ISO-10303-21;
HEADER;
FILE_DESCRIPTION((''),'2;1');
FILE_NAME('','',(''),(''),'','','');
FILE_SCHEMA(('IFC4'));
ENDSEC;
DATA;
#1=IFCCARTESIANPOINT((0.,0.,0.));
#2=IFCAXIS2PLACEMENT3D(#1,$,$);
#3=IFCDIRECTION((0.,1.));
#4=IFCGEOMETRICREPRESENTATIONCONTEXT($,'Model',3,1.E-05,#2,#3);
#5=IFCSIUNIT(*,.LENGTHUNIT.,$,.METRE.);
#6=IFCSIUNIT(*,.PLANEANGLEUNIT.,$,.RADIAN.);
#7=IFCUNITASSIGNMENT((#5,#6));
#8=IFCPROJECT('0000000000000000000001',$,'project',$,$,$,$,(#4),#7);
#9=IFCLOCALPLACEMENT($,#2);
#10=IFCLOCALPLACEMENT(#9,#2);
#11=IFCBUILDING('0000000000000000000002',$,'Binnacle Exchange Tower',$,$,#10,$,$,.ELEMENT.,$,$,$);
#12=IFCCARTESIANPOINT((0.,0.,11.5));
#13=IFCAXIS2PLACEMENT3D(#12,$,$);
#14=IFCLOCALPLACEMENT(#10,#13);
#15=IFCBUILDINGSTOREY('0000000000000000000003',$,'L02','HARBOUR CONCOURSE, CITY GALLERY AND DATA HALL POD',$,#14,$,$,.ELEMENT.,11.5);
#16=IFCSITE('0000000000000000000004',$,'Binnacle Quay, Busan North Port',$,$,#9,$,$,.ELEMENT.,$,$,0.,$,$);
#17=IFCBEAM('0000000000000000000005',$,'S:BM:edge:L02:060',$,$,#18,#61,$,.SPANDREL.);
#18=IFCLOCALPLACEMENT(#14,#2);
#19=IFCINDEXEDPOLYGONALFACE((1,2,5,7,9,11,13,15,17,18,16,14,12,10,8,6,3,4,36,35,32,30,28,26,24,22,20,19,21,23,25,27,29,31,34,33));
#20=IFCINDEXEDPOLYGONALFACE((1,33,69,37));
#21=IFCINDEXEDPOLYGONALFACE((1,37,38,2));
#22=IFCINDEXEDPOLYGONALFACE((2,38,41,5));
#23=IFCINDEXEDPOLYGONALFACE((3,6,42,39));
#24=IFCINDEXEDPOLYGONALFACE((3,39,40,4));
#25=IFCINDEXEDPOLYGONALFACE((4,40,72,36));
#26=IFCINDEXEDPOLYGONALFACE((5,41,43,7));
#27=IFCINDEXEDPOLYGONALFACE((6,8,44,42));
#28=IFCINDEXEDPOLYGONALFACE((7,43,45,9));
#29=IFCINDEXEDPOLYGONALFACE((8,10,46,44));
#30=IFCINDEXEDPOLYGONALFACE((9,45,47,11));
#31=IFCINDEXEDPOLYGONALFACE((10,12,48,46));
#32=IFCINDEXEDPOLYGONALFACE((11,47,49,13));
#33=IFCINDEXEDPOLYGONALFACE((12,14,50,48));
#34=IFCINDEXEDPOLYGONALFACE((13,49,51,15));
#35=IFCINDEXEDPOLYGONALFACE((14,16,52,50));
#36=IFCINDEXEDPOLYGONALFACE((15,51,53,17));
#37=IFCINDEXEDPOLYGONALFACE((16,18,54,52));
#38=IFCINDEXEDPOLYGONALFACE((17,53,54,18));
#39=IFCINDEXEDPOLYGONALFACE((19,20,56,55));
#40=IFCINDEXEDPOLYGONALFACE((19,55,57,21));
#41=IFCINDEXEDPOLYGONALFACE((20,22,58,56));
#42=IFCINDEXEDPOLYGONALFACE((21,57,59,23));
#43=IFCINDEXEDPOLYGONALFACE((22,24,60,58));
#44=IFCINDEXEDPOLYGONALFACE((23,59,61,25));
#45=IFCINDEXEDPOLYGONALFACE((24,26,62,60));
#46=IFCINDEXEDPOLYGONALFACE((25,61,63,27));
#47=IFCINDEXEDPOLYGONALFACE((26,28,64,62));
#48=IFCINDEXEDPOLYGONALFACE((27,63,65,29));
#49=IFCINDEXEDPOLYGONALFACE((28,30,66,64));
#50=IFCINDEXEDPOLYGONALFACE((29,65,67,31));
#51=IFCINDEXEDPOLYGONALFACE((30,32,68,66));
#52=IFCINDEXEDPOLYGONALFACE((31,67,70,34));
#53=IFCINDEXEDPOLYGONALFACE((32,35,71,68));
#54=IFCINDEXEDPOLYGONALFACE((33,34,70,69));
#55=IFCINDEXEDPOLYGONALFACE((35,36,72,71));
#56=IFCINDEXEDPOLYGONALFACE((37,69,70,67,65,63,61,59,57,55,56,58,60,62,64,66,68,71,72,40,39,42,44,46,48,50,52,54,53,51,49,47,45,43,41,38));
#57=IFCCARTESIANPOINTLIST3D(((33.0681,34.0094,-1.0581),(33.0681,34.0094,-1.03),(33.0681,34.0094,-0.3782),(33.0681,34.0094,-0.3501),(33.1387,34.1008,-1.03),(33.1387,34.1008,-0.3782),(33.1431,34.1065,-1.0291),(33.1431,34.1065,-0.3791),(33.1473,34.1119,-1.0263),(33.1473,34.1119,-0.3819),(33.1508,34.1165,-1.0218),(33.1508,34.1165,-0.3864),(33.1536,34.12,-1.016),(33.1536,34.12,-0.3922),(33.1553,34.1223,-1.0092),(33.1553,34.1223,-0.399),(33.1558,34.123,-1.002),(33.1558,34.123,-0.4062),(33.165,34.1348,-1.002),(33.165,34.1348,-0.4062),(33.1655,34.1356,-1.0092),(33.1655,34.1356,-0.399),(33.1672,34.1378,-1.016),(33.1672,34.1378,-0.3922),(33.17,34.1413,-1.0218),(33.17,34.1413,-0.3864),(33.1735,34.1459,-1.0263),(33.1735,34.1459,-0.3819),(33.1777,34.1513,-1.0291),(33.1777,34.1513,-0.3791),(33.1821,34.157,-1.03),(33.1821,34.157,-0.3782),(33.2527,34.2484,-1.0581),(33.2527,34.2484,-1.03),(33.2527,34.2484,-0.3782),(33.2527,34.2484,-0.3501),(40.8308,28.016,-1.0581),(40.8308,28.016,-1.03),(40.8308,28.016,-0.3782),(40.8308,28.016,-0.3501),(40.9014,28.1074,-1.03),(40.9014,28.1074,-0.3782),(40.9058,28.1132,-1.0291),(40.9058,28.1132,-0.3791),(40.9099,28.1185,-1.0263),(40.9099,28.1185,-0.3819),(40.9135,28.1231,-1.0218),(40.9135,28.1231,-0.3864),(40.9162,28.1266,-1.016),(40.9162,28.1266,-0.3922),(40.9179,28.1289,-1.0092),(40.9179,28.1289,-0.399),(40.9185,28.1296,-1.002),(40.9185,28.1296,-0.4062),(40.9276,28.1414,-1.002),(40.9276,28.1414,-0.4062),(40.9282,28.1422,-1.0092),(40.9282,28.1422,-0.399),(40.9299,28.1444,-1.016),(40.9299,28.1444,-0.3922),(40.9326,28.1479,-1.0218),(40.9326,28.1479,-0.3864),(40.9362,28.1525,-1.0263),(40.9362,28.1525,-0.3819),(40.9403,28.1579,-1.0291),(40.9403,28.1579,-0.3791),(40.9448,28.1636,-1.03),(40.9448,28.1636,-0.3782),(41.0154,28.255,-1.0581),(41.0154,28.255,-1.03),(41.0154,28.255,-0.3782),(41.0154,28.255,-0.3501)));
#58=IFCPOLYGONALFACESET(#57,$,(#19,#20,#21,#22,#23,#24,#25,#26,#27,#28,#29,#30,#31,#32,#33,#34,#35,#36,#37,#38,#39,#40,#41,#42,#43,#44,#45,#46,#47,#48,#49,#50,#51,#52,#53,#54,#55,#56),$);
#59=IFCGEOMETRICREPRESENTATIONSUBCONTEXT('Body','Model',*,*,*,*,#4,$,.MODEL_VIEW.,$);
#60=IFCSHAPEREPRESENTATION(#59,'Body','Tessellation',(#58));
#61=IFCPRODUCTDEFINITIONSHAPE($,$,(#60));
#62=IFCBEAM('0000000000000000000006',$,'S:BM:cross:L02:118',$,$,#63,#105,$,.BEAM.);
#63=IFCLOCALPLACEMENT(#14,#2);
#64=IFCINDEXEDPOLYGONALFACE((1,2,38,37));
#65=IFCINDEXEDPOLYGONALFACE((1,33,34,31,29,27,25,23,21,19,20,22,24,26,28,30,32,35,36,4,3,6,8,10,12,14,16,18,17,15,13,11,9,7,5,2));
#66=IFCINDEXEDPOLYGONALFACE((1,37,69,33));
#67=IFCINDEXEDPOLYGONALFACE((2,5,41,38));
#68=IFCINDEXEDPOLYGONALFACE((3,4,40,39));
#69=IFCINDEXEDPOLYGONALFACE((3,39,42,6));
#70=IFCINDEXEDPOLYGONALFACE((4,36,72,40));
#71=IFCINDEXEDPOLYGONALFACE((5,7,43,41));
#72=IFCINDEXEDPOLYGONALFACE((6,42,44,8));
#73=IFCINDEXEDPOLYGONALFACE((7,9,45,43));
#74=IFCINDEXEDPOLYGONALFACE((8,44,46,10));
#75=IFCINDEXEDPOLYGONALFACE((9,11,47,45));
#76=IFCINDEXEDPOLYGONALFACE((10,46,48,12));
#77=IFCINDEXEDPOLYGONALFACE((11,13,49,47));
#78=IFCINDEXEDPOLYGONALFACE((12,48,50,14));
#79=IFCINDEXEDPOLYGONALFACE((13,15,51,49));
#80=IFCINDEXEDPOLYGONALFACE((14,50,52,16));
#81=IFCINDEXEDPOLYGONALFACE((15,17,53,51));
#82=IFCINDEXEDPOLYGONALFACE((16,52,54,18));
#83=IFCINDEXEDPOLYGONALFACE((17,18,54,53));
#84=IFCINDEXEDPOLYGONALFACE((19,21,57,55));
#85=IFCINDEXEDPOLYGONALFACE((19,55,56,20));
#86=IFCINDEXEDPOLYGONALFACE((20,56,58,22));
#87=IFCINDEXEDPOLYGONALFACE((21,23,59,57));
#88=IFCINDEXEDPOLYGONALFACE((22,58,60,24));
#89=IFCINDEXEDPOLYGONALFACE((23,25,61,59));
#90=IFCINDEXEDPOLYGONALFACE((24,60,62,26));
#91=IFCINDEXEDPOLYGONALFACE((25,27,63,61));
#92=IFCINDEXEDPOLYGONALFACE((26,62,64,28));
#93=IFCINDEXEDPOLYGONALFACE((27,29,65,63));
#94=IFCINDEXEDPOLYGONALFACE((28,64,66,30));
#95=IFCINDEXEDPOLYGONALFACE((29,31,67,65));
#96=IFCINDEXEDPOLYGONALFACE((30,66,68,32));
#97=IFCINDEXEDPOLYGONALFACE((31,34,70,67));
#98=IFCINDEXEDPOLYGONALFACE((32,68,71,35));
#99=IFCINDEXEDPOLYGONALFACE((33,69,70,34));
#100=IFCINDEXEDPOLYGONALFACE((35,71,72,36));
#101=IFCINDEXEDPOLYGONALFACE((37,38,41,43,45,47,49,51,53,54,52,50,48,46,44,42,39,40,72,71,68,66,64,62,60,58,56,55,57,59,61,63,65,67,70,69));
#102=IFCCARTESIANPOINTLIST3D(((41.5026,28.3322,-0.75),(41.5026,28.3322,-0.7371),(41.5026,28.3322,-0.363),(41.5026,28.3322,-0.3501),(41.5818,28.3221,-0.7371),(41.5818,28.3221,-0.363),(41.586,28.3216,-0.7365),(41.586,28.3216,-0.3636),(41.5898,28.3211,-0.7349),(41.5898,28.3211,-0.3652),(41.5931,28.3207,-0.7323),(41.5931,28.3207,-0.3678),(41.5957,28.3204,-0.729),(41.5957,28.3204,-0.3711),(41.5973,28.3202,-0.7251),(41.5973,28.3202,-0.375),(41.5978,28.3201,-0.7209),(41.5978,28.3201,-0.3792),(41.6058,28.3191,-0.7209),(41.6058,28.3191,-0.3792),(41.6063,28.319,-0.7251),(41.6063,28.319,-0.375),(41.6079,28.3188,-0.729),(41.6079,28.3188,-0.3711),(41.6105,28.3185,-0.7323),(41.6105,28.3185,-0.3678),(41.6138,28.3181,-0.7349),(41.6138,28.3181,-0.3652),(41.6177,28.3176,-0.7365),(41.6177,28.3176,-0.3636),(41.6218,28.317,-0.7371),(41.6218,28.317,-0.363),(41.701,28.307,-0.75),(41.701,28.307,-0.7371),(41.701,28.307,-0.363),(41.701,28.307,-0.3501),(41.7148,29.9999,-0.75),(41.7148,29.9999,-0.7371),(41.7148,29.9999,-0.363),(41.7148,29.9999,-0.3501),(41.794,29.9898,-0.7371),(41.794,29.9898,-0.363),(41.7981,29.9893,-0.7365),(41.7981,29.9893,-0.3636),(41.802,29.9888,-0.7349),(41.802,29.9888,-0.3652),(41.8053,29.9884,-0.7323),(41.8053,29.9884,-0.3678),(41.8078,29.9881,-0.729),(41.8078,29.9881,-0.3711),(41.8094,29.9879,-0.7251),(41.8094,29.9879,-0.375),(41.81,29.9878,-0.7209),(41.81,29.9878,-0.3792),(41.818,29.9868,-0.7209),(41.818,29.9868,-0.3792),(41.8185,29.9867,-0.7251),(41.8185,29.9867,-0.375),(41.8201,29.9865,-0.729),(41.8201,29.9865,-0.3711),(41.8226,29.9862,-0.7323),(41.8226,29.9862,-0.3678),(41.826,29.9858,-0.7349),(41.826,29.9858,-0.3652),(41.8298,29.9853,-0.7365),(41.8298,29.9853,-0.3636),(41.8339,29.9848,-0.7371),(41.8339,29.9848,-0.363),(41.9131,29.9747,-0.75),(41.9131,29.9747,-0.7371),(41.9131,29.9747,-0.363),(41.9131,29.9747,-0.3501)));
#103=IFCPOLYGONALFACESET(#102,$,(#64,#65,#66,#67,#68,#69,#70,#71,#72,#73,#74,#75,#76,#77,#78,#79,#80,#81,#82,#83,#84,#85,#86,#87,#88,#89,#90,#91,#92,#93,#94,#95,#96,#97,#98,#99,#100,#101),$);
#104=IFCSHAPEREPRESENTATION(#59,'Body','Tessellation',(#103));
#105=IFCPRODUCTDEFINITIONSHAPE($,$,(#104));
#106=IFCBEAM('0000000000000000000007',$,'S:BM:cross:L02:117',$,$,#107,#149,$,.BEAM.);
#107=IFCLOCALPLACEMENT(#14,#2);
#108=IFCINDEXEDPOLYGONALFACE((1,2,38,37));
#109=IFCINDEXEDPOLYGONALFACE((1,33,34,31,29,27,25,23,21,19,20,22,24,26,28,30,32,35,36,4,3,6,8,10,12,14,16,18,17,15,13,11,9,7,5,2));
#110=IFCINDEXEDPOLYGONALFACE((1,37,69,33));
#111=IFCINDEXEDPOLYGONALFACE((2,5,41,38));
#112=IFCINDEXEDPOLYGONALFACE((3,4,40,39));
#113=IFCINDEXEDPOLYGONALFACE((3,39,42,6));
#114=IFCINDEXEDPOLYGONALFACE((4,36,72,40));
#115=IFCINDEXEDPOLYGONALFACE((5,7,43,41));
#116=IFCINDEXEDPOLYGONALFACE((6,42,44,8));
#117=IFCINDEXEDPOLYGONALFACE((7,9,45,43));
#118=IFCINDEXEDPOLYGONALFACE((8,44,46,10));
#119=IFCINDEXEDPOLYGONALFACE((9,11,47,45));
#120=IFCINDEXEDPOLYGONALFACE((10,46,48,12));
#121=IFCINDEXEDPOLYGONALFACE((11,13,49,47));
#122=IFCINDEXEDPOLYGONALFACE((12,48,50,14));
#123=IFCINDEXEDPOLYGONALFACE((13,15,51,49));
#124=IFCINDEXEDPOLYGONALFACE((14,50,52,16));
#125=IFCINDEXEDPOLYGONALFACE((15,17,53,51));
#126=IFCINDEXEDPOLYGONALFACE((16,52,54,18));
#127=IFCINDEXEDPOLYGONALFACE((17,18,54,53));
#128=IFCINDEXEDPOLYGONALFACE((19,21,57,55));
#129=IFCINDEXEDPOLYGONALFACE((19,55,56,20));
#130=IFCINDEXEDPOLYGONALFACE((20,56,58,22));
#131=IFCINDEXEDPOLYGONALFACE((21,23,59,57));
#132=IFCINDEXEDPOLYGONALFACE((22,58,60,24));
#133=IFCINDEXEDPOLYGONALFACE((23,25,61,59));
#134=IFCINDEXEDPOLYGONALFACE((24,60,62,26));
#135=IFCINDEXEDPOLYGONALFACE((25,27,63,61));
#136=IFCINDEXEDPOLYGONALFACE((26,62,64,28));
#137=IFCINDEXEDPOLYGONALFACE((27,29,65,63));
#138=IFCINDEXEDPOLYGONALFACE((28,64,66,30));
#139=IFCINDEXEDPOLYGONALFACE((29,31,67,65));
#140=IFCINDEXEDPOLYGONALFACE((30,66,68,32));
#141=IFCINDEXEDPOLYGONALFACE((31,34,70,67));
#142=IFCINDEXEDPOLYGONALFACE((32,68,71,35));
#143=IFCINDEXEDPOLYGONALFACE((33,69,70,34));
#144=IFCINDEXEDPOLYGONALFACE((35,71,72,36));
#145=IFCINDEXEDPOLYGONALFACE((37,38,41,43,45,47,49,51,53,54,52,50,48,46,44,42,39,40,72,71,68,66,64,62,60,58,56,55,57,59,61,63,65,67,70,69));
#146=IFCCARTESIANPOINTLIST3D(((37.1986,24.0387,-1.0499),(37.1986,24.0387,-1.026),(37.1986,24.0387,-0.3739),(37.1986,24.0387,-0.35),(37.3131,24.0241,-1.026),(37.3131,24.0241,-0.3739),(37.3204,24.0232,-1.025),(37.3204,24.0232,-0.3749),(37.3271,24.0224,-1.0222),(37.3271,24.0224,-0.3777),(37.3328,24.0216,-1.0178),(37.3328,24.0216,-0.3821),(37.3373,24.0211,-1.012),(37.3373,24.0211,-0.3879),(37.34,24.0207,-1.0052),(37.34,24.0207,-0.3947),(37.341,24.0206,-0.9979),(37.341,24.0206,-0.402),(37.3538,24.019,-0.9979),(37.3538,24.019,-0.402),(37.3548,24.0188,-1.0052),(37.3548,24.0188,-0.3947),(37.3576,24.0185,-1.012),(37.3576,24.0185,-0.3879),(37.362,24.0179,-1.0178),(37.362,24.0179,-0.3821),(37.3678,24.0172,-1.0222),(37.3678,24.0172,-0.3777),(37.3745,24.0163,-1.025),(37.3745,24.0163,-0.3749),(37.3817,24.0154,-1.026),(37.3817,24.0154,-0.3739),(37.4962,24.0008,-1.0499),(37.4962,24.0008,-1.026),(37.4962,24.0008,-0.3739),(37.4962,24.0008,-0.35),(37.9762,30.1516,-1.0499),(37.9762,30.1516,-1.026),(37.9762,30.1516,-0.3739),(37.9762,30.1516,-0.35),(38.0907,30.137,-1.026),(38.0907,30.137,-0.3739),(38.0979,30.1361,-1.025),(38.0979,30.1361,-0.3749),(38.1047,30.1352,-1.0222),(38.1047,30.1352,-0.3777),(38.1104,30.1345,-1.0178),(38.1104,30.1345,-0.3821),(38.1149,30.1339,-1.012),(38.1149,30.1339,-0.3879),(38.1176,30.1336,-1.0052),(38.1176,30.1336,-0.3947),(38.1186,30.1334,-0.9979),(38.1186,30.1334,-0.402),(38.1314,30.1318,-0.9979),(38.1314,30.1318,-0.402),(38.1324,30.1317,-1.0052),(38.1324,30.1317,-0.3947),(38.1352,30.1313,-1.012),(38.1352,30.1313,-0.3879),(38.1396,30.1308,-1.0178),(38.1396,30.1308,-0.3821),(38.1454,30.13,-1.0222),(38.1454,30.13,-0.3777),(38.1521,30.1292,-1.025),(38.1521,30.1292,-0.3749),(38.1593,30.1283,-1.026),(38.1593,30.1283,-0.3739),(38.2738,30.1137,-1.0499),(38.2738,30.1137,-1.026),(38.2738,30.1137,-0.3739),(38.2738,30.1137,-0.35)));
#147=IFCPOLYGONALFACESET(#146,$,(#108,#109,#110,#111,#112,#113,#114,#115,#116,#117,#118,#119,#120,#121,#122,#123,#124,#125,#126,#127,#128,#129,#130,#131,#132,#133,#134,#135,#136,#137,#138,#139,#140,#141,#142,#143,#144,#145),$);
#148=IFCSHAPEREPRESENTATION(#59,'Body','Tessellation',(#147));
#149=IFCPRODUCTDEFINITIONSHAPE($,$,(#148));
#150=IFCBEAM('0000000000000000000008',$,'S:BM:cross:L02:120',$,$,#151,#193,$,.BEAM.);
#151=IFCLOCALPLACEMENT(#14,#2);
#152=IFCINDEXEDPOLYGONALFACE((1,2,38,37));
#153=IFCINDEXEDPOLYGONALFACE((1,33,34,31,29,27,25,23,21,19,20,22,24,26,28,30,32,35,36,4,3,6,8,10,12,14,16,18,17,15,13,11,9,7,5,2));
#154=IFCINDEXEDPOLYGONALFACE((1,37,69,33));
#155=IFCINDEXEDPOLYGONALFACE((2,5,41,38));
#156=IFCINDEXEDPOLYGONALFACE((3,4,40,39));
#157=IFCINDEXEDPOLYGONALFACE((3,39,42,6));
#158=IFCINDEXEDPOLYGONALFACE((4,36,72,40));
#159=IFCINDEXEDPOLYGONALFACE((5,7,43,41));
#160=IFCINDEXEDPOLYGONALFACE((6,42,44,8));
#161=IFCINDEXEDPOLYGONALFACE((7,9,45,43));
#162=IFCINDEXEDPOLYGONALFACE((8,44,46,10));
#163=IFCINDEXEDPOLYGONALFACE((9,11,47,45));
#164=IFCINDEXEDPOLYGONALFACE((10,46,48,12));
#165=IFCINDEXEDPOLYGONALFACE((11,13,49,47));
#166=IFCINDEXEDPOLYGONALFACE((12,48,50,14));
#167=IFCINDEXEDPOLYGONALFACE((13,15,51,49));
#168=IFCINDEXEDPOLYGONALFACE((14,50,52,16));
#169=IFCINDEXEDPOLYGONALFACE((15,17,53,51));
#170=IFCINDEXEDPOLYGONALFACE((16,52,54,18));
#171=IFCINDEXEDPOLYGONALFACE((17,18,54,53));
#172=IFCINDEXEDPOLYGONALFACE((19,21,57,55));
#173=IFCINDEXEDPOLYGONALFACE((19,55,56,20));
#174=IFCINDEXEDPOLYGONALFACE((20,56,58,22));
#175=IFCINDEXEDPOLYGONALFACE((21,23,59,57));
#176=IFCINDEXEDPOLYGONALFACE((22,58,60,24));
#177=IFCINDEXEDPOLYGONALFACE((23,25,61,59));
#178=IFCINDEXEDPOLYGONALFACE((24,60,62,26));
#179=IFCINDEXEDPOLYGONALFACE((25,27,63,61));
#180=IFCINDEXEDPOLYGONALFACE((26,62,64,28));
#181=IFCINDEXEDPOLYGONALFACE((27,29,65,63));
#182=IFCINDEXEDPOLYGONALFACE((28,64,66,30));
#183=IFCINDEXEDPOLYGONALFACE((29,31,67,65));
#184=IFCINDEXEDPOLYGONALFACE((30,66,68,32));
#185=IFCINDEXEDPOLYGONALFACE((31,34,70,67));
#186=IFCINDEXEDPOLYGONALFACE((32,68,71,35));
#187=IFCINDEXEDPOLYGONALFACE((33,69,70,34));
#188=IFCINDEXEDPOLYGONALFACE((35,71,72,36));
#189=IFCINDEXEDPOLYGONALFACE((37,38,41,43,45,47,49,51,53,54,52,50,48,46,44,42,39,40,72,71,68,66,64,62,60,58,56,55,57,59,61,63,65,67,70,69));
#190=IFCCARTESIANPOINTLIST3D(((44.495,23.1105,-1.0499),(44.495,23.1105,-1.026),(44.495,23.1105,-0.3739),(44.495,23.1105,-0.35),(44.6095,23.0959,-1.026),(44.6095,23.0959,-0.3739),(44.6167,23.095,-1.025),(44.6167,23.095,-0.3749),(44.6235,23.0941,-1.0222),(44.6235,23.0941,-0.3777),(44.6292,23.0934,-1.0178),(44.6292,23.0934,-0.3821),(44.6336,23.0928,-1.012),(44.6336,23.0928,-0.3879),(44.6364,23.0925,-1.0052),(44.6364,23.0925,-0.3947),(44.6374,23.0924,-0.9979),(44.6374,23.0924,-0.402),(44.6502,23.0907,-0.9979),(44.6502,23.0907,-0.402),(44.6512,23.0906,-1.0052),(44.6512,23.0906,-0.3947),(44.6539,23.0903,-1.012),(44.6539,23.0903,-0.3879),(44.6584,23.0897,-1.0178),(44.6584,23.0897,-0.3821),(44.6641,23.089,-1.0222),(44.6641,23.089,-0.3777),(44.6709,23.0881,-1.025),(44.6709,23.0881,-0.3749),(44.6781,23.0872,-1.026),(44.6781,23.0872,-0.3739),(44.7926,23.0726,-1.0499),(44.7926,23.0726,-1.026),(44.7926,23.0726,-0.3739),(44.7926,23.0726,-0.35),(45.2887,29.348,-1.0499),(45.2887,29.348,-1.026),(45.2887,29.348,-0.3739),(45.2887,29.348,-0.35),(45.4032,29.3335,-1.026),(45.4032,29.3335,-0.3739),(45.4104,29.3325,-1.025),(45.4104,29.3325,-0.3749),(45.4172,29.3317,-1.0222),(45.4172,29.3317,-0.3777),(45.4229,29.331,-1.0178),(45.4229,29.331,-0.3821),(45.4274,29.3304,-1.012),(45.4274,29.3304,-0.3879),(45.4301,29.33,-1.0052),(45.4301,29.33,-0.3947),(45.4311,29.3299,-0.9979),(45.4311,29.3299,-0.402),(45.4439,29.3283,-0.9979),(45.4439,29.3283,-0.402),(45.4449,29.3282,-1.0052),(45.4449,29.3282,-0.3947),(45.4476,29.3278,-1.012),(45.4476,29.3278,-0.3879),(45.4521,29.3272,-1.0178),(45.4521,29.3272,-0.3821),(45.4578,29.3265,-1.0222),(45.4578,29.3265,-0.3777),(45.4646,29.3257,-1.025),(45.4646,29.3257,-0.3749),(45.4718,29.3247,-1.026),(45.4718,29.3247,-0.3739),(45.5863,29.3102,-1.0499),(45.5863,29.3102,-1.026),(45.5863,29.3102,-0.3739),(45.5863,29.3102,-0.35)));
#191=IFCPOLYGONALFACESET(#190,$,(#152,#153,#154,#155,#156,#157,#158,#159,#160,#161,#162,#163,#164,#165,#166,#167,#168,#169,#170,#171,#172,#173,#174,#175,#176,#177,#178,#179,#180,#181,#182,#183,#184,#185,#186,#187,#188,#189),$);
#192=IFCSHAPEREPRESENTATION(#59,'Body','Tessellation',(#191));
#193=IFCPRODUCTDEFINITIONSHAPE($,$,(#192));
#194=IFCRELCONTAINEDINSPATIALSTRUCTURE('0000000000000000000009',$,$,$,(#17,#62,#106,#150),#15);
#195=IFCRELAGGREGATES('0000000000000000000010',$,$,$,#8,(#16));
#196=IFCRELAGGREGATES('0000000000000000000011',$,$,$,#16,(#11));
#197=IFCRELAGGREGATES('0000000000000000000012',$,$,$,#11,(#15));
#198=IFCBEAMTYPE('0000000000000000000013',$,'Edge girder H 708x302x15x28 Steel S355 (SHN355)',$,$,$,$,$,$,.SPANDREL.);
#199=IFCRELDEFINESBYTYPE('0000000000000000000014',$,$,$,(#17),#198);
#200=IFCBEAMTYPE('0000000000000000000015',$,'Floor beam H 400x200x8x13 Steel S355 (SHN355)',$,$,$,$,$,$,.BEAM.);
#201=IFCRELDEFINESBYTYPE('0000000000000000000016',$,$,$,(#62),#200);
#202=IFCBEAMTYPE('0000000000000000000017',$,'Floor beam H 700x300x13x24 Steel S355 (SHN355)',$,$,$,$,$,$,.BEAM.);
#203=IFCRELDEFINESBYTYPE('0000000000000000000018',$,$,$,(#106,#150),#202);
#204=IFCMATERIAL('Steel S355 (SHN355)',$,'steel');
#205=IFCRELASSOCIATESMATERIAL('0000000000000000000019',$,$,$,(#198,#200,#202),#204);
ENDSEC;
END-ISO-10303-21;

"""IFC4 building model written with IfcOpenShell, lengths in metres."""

from ifc_helpers import new_model, si_unit, direction, frame, origin, origin_2d, place, context, subcontext, project, spatial, i_section, extrude, material, material_profile, profile_set, type_object, element, save


model = new_model("IFC4")

# Units and contexts
model_context = context("Model", 3, precision=1e-05, world=origin(), true_north=direction((0.0, 1.0)))
body_context = subcontext(model_context, "Body", "Model", "MODEL_VIEW")
ifc_project = project(units=[si_unit("LENGTHUNIT", "METRE"), si_unit("PLANEANGLEUNIT", "RADIAN")], contexts=[model_context])

# Site, building, storey
site_placement = place(None, origin())
site = spatial("IfcSite", under=ifc_project, at=site_placement, Name="Binnacle Quay, Busan North Port", CompositionType="ELEMENT", RefElevation=0.0)
building_placement = place(site_placement, origin())
building = spatial("IfcBuilding", under=site, at=building_placement, Name="Binnacle Exchange Tower", CompositionType="ELEMENT")
storey_placement = place(building_placement, frame((0.0, 0.0, 11.5)))
storey = spatial("IfcBuildingStorey", under=building, at=storey_placement, Name="L02", Description="HARBOUR CONCOURSE, CITY GALLERY AND DATA HALL POD", CompositionType="ELEMENT", Elevation=11.5)

# Beams
ifc_material_1 = material(Name="Steel S355 (SHN355)", Category="steel")
ifc_material_profile_1 = material_profile(ifc_material_1, i_section(OverallWidth=0.302, OverallDepth=0.708, WebThickness=0.0149, FlangeThickness=0.0281, FilletRadius=0.0281, at=origin_2d()), Name="H 708x302x15x28")
ifc_profile_set_1 = profile_set([ifc_material_profile_1], Name="Steel S355 (SHN355)")
beam_type_1 = type_object("IfcBeamType", Name="Edge girder H 708x302x15x28 Steel S355 (SHN355)", PredefinedType="SPANDREL", material=ifc_profile_set_1)
beam_1_placement = place(storey_placement, frame((33.1604, 34.1289, -0.7041), z_axis=(0.791533, -0.611126, 0.0), x_axis=(0.611126, 0.791533, 0.0)))
element("IfcBeam", 1, at=beam_1_placement, inside=storey, type_object=beam_type_1, Name="S:BM:edge:L02:060", PredefinedType="SPANDREL", context=body_context, shape_type="SweptSolid", body=[
    extrude(i_section(OverallWidth=0.302, OverallDepth=0.708, WebThickness=0.0149, FlangeThickness=0.0281, FilletRadius=0.0281, at=origin_2d()), origin(), (0.0, 0.0, 1.0), 9.8071),
])
ifc_material_profile_2 = material_profile(ifc_material_1, i_section(OverallWidth=0.2, OverallDepth=0.3999, WebThickness=0.0081, FlangeThickness=0.0129, FilletRadius=0.0161, at=origin_2d()), Name="H 400x200x8x13")
ifc_profile_set_2 = profile_set([ifc_material_profile_2], Name="Steel S355 (SHN355)")
beam_type_2 = type_object("IfcBeamType", Name="Floor beam H 400x200x8x13 Steel S355 (SHN355)", PredefinedType="BEAM", material=ifc_profile_set_2)
beam_2_placement = place(storey_placement, frame((41.6018, 28.3196, -0.55), z_axis=(0.126197, 0.992005, 0.0), x_axis=(-0.992005, 0.126197, 0.0)))
element("IfcBeam", 2, at=beam_2_placement, inside=storey, type_object=beam_type_2, Name="S:BM:cross:L02:118", PredefinedType="BEAM", context=body_context, shape_type="SweptSolid", body=[
    extrude(i_section(OverallWidth=0.2, OverallDepth=0.3999, WebThickness=0.0081, FlangeThickness=0.0129, FilletRadius=0.0161, at=origin_2d()), origin(), (0.0, 0.0, 1.0), 1.6812),
])
ifc_material_profile_3 = material_profile(ifc_material_1, i_section(OverallWidth=0.3, OverallDepth=0.7, WebThickness=0.0129, FlangeThickness=0.0239, FilletRadius=0.0281, at=origin_2d()), Name="H 700x300x13x24")
ifc_profile_set_3 = profile_set([ifc_material_profile_3], Name="Steel S355 (SHN355)")
beam_type_3 = type_object("IfcBeamType", Name="Floor beam H 700x300x13x24 Steel S355 (SHN355)", PredefinedType="BEAM", material=ifc_profile_set_3)
beam_3_placement = place(storey_placement, frame((37.3474, 24.0198, -0.7), z_axis=(0.12619, 0.992006, 0.0), x_axis=(-0.992006, 0.12619, 0.0)))
element("IfcBeam", 3, at=beam_3_placement, inside=storey, type_object=beam_type_3, Name="S:BM:cross:L02:117", PredefinedType="BEAM", context=body_context, shape_type="SweptSolid", body=[
    extrude(i_section(OverallWidth=0.3, OverallDepth=0.7, WebThickness=0.0129, FlangeThickness=0.0239, FilletRadius=0.0281, at=origin_2d()), origin(), (0.0, 0.0, 1.0), 6.1621),
])
beam_4_placement = place(storey_placement, frame((44.6438, 23.0916, -0.7), z_axis=(0.126228, 0.992001, 0.0), x_axis=(-0.992001, 0.126228, 0.0)))
element("IfcBeam", 4, at=beam_4_placement, inside=storey, type_object=beam_type_3, Name="S:BM:cross:L02:120", PredefinedType="BEAM", context=body_context, shape_type="SweptSolid", body=[
    extrude(i_section(OverallWidth=0.3, OverallDepth=0.7, WebThickness=0.0129, FlangeThickness=0.0239, FilletRadius=0.0281, at=origin_2d()), origin(), (0.0, 0.0, 1.0), 6.2878),
])

save(model, "model.ifc")
